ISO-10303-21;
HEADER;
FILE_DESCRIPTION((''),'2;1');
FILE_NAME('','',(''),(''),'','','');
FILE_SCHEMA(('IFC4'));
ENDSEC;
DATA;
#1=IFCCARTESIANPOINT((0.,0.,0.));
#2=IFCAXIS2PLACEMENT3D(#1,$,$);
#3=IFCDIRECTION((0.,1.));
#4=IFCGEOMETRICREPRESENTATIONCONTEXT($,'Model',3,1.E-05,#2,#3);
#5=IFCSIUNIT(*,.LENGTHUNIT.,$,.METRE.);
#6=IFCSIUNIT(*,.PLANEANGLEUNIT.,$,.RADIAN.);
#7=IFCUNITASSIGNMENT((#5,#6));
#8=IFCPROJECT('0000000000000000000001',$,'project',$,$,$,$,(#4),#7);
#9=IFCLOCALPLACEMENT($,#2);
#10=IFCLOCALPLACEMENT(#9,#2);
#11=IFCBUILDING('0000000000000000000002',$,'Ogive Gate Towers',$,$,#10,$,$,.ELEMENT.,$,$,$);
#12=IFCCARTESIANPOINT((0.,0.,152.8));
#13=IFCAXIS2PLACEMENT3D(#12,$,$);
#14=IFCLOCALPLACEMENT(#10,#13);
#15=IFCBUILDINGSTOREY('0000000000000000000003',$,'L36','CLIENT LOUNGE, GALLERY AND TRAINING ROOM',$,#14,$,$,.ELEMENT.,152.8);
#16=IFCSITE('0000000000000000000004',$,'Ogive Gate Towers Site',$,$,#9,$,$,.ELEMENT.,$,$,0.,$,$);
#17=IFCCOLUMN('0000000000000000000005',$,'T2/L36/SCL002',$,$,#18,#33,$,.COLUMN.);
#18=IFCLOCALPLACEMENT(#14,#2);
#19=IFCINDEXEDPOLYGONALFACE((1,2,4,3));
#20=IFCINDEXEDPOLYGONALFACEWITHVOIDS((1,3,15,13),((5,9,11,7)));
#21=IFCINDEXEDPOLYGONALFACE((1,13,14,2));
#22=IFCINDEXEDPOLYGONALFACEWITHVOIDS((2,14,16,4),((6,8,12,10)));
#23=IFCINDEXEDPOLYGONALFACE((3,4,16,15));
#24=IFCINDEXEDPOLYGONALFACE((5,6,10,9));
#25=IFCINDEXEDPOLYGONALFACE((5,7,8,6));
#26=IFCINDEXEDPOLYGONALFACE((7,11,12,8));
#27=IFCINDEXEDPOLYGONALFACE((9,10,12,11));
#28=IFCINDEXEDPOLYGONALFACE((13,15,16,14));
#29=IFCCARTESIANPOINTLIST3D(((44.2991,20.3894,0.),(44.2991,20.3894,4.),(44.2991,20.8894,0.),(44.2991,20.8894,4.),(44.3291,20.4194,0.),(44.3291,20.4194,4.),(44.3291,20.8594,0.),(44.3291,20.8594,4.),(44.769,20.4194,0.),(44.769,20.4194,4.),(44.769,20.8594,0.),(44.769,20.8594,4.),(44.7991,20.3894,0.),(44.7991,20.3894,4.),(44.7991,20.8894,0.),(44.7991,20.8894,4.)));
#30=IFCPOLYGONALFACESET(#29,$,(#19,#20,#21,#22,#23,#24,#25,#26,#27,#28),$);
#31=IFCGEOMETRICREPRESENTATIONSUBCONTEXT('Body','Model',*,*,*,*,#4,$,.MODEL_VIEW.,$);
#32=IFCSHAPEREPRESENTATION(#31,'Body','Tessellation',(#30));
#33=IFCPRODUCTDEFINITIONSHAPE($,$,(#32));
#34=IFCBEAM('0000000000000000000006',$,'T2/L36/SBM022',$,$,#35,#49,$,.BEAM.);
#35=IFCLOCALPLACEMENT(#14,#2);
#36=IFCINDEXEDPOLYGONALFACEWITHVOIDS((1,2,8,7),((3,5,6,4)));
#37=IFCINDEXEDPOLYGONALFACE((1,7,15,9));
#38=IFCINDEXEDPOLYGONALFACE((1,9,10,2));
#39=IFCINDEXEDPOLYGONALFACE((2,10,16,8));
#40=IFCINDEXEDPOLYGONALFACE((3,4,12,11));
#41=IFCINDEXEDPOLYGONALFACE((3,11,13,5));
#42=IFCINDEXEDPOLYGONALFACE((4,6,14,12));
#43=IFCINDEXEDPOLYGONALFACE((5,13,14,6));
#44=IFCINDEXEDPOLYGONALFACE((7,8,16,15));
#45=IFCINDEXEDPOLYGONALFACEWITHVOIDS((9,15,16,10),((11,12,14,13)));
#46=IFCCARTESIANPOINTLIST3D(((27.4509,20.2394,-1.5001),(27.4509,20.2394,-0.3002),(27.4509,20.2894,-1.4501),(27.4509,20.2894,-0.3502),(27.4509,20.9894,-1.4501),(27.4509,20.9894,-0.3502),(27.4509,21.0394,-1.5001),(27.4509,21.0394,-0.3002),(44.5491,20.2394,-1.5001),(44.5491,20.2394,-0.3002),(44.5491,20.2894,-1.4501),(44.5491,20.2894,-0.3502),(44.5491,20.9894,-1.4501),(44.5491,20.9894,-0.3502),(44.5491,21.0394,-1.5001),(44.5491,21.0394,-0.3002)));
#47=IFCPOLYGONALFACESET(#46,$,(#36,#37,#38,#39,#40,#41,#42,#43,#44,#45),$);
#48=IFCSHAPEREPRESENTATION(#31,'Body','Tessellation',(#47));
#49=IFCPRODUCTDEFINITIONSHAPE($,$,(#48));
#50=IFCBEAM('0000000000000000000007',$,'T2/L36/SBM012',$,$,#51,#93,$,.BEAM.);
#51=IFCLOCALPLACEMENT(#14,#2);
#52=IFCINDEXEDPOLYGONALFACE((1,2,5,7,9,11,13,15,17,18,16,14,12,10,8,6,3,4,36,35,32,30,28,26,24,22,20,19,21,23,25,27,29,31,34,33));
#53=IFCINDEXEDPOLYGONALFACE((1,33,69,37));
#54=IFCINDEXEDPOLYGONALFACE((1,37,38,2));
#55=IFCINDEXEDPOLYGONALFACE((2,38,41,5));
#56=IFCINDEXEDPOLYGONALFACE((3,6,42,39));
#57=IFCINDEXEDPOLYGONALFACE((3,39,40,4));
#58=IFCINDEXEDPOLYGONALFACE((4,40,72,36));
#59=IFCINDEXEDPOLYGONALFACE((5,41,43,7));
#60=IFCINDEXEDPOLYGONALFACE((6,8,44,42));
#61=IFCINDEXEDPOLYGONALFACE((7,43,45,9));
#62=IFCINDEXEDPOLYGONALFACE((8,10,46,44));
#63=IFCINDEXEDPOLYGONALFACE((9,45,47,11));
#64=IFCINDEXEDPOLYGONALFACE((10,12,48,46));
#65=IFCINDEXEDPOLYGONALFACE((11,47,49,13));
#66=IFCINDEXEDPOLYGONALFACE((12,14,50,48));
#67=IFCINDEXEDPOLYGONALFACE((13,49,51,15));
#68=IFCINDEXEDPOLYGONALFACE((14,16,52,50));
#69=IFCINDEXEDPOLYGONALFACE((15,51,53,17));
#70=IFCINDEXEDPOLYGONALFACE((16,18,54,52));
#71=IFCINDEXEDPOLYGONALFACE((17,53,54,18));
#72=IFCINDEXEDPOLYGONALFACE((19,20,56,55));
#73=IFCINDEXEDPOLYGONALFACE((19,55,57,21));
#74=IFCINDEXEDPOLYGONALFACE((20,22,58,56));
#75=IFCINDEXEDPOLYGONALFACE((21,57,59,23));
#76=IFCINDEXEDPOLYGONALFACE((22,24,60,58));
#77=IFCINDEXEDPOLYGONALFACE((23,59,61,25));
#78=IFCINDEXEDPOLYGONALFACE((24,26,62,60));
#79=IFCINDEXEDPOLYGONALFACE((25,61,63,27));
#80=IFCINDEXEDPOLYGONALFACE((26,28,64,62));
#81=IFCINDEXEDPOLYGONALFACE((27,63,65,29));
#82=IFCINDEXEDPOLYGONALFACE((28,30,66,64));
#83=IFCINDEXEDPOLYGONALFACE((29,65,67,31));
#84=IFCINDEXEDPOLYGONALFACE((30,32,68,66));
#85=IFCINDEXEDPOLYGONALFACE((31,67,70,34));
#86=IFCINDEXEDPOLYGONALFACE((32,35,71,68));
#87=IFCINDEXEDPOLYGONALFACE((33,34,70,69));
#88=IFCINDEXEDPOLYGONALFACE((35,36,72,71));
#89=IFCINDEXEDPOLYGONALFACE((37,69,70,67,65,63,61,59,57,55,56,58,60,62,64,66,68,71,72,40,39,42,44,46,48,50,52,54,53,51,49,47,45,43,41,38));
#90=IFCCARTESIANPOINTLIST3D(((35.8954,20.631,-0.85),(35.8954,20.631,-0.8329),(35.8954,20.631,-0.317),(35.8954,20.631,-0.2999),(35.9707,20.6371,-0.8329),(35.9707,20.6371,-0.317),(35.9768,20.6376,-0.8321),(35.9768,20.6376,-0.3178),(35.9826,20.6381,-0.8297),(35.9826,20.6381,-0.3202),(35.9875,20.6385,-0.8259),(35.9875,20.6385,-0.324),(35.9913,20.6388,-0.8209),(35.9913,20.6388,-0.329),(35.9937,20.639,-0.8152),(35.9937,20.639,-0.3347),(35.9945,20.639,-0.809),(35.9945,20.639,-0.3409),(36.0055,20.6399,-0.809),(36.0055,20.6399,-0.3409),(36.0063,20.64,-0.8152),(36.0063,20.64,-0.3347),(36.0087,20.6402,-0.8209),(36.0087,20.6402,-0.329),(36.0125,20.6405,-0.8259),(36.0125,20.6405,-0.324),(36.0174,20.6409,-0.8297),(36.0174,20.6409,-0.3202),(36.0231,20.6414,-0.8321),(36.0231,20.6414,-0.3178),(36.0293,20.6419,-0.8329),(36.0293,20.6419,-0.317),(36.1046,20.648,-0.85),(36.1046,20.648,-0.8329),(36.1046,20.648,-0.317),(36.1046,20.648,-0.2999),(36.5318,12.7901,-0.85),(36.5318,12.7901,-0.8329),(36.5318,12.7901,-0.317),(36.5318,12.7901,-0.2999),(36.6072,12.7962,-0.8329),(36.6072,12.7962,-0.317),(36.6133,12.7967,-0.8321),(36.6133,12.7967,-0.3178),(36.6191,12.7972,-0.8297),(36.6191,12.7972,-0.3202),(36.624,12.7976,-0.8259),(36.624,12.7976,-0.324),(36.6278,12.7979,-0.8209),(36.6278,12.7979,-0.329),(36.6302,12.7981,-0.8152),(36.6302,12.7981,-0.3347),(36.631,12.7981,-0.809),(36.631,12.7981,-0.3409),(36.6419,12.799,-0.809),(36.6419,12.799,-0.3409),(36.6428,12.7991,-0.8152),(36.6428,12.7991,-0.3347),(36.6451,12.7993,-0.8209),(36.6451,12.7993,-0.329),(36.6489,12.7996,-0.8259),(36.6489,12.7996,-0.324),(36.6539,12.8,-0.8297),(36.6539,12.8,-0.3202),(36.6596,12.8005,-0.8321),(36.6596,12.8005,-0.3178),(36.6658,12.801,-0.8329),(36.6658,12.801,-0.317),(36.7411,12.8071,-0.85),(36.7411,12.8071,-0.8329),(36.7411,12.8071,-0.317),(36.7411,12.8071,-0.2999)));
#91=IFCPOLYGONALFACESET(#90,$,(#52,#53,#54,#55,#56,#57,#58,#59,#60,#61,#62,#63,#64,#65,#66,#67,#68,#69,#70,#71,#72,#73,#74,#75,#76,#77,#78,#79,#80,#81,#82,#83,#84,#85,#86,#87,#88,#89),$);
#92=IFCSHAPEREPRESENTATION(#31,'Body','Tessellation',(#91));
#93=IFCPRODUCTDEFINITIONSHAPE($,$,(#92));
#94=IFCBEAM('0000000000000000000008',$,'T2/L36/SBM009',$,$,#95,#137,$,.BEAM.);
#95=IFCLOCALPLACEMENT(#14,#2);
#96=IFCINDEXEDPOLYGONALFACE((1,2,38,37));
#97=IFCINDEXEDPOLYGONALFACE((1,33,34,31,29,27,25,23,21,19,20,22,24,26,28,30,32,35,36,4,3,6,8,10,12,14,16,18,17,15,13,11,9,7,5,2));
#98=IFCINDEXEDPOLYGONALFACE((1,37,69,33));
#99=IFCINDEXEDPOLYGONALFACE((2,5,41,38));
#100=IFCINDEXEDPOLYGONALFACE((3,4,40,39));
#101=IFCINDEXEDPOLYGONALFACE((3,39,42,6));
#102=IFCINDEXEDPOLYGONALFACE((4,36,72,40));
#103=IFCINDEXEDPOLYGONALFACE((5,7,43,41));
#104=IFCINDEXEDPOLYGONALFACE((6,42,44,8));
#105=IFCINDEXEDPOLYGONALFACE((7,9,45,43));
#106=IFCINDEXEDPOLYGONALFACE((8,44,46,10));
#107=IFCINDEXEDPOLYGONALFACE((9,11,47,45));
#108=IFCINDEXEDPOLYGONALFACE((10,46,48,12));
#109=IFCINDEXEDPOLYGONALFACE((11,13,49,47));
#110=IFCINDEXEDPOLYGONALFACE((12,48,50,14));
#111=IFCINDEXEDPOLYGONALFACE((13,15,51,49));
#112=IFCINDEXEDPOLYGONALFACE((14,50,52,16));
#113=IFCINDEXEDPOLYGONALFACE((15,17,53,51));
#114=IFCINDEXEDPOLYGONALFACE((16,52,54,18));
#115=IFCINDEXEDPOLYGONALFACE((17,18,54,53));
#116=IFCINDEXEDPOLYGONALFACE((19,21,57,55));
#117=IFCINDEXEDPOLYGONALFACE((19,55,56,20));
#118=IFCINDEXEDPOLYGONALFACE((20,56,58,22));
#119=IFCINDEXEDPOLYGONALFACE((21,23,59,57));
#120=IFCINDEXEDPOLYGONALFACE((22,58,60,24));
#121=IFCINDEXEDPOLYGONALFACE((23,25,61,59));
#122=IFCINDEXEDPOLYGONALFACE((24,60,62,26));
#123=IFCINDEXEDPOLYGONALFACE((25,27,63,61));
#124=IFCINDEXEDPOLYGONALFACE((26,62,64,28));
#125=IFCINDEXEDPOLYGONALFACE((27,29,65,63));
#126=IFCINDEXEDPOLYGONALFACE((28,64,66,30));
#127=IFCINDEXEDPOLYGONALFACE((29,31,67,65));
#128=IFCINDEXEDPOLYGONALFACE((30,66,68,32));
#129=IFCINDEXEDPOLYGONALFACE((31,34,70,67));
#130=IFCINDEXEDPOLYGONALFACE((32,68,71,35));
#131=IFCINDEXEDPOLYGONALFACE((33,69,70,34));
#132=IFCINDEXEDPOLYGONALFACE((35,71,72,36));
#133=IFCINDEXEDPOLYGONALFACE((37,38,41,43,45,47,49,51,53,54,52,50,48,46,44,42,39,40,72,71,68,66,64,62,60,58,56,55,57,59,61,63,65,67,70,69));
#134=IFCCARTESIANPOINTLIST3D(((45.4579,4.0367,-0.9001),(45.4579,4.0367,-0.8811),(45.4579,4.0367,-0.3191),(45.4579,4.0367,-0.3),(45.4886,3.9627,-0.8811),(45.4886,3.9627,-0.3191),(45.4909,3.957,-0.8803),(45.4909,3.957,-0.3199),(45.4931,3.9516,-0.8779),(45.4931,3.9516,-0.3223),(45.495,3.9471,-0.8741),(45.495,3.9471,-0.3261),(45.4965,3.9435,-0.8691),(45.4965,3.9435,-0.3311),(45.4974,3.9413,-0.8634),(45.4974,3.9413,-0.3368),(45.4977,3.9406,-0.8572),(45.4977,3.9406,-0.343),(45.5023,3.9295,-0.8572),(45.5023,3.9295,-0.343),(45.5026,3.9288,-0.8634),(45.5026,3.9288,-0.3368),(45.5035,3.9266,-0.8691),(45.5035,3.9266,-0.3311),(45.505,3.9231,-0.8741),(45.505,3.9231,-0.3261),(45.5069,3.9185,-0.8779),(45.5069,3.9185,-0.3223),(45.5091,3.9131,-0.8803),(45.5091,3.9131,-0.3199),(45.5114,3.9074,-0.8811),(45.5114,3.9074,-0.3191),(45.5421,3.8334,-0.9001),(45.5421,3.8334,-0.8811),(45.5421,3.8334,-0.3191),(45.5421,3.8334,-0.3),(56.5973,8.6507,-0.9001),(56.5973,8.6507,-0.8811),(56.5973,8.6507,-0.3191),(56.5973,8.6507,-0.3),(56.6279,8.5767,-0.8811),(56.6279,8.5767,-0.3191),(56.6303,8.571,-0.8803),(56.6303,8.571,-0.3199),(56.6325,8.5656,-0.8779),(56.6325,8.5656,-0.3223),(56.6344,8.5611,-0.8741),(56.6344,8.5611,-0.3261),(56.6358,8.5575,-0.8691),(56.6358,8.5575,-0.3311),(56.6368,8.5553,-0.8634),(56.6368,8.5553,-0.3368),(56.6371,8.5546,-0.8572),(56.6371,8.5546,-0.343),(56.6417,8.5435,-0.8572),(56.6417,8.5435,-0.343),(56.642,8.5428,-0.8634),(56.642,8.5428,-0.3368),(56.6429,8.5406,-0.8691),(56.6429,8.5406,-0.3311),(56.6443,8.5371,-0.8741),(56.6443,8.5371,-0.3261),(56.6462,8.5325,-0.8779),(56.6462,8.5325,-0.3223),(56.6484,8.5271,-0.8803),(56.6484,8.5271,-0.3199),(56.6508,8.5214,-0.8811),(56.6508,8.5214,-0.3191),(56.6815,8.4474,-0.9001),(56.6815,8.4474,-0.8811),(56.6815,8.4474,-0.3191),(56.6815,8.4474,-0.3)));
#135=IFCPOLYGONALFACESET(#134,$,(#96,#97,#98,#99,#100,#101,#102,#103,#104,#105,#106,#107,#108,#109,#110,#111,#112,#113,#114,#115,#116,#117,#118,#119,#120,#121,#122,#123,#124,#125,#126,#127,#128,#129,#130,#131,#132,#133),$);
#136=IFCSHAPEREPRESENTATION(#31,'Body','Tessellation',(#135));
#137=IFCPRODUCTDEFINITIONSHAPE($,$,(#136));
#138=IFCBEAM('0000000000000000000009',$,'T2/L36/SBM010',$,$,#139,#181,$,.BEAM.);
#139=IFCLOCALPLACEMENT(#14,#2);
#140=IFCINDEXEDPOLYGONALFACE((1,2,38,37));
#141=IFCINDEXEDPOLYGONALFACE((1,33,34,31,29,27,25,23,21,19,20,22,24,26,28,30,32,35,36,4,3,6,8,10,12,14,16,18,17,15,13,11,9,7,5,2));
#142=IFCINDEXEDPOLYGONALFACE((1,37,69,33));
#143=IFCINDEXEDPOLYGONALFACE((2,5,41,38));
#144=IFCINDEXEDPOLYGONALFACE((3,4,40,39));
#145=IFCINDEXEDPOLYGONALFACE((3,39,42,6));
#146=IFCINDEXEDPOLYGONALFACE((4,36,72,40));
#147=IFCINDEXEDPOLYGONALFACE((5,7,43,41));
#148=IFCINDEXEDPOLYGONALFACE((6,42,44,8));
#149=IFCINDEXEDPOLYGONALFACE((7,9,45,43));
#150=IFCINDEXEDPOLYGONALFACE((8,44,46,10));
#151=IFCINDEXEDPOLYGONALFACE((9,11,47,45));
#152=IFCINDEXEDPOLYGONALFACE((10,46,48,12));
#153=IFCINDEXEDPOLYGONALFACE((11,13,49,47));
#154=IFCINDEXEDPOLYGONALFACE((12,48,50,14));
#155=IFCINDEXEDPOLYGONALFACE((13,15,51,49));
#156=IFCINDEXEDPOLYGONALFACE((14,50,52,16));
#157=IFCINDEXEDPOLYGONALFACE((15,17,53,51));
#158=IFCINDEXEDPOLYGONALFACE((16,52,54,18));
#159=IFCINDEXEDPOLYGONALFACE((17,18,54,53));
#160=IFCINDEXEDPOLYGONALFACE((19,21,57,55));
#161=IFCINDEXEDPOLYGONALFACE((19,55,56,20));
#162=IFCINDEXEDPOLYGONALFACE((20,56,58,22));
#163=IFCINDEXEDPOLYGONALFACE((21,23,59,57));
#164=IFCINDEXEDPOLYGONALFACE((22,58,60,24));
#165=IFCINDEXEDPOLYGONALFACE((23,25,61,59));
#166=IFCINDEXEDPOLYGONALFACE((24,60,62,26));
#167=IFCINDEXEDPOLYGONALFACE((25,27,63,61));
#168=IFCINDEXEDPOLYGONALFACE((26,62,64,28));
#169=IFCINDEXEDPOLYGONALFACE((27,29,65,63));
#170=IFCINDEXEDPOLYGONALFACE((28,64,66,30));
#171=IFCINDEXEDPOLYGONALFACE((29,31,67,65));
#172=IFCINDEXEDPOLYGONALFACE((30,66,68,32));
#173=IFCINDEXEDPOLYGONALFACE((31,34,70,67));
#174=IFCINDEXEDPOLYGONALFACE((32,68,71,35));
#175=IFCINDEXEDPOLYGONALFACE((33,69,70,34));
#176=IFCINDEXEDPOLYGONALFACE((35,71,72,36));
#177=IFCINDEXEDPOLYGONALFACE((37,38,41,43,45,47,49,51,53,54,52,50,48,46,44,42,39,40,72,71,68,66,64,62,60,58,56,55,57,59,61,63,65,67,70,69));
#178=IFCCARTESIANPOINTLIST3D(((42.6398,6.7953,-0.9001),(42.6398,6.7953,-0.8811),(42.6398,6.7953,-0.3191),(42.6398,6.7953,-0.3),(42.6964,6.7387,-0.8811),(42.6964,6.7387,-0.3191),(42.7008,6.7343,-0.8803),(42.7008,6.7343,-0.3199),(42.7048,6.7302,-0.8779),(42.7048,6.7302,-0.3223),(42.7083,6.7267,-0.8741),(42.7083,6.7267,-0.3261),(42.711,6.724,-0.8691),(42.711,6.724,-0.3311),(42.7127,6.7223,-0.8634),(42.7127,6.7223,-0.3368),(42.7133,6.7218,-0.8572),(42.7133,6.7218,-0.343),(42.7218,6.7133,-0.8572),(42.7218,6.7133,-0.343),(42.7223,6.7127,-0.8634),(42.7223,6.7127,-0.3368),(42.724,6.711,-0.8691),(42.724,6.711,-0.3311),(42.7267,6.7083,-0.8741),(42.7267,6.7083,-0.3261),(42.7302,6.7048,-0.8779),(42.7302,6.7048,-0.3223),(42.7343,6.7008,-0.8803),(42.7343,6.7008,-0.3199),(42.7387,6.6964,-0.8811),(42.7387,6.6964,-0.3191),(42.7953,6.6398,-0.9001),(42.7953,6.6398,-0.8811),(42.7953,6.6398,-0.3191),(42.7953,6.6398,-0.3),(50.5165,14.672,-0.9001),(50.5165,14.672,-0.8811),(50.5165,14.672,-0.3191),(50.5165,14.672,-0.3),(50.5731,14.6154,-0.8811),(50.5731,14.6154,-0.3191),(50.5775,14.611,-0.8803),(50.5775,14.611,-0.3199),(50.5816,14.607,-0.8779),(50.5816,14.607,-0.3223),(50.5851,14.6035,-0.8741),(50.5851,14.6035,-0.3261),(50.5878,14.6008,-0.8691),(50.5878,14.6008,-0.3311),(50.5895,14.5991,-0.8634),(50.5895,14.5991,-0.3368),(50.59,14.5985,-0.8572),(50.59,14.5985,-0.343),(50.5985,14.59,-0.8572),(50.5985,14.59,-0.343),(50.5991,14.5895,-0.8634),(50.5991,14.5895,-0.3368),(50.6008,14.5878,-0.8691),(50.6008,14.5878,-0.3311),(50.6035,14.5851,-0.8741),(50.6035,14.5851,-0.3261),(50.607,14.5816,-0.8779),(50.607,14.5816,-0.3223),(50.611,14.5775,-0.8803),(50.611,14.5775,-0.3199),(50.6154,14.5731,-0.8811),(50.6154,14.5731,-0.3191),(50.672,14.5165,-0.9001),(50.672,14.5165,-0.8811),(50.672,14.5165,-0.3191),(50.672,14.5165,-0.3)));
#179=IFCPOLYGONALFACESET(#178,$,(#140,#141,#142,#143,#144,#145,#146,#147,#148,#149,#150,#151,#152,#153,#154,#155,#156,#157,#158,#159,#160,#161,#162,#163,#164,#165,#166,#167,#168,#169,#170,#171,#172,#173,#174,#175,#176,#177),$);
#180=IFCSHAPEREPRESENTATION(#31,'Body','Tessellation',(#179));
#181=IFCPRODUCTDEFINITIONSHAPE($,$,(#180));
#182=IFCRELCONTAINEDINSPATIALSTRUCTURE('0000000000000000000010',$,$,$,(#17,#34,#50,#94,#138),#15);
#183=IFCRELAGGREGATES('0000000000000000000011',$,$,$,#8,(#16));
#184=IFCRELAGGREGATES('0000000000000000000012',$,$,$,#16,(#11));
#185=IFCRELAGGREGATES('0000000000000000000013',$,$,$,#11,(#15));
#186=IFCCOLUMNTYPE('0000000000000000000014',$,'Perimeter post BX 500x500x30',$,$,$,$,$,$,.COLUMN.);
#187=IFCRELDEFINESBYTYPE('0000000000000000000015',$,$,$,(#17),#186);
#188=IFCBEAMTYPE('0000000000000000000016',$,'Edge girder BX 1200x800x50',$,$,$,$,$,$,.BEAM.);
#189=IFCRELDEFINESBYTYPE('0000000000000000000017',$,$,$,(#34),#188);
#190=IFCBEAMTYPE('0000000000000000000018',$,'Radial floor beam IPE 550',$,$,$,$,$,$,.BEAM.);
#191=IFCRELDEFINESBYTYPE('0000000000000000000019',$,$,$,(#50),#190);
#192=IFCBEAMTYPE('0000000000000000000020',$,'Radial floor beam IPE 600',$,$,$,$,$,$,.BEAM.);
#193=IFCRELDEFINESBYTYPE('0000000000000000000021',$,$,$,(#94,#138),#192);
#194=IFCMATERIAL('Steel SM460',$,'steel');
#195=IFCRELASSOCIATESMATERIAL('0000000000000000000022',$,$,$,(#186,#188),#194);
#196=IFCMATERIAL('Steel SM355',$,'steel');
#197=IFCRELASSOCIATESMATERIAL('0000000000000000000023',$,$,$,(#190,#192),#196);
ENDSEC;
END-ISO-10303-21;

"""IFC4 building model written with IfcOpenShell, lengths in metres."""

from ifc_helpers import new_model, si_unit, direction, frame, origin, origin_2d, place, context, subcontext, project, spatial, hollow_rectangle, i_section, extrude, material, material_profile, profile_set, type_object, element, save


model = new_model("IFC4")

# Units and contexts
model_context = context("Model", 3, precision=1e-05, world=origin(), true_north=direction((0.0, 1.0)))
body_context = subcontext(model_context, "Body", "Model", "MODEL_VIEW")
ifc_project = project(units=[si_unit("LENGTHUNIT", "METRE"), si_unit("PLANEANGLEUNIT", "RADIAN")], contexts=[model_context])

# Site, building, storey
site_placement = place(None, origin())
site = spatial("IfcSite", under=ifc_project, at=site_placement, Name="Ogive Gate Towers Site", CompositionType="ELEMENT", RefElevation=0.0)
building_placement = place(site_placement, origin())
building = spatial("IfcBuilding", under=site, at=building_placement, Name="Ogive Gate Towers", CompositionType="ELEMENT")
storey_placement = place(building_placement, frame((0.0, 0.0, 152.8)))
storey = spatial("IfcBuildingStorey", under=building, at=storey_placement, Name="L36", Description="CLIENT LOUNGE, GALLERY AND TRAINING ROOM", CompositionType="ELEMENT", Elevation=152.8)

# Column
ifc_material_1 = material(Name="Steel SM460", Category="steel")
ifc_material_profile_1 = material_profile(ifc_material_1, hollow_rectangle(XDim=0.5, YDim=0.5, WallThickness=0.03, at=origin_2d()), Name="BX 500x500x30")
ifc_profile_set_1 = profile_set([ifc_material_profile_1], Name="Steel SM460")
column_type = type_object("IfcColumnType", Name="Perimeter post BX 500x500x30", PredefinedType="COLUMN", material=ifc_profile_set_1)
column_placement = place(storey_placement, frame((44.5491, 20.6394, 0.0), z_axis=(0.0, 0.0, 1.0), x_axis=(1.0, 0.0, 0.0)))
element("IfcColumn", 1, at=column_placement, inside=storey, type_object=column_type, Name="T2/L36/SCL002", PredefinedType="COLUMN", context=body_context, shape_type="SweptSolid", body=[
    extrude(hollow_rectangle(XDim=0.5, YDim=0.5, WallThickness=0.03, at=origin_2d()), origin(), (0.0, 0.0, 1.0), 4.0),
])

# Beams
ifc_material_profile_2 = material_profile(ifc_material_1, hollow_rectangle(XDim=0.8, YDim=1.2, WallThickness=0.05, at=origin_2d()), Name="BX 1200x800x50")
ifc_profile_set_2 = profile_set([ifc_material_profile_2], Name="Steel SM460")
beam_type_1 = type_object("IfcBeamType", Name="Edge girder BX 1200x800x50", PredefinedType="BEAM", material=ifc_profile_set_2)
beam_1_placement = place(storey_placement, frame((44.5491, 20.6394, -0.9001), z_axis=(-1.0, 0.0, 0.0), x_axis=(0.0, -1.0, 0.0)))
element("IfcBeam", 2, at=beam_1_placement, inside=storey, type_object=beam_type_1, Name="T2/L36/SBM022", PredefinedType="BEAM", context=body_context, shape_type="SweptSolid", body=[
    extrude(hollow_rectangle(XDim=0.8, YDim=1.2, WallThickness=0.05, at=origin_2d()), origin(), (0.0, 0.0, 1.0), 17.0981),
])
ifc_material_2 = material(Name="Steel SM355", Category="steel")
ifc_material_profile_3 = material_profile(ifc_material_2, i_section(OverallWidth=0.21, OverallDepth=0.55, WebThickness=0.011, FlangeThickness=0.0171, FilletRadius=0.0239, at=origin_2d()), Name="IPE 550")
ifc_profile_set_3 = profile_set([ifc_material_profile_3], Name="Steel SM355")
beam_type_2 = type_object("IfcBeamType", Name="Radial floor beam IPE 550", PredefinedType="BEAM", material=ifc_profile_set_3)
beam_2_placement = place(storey_placement, frame((36.6365, 12.7986, -0.575), z_axis=(-0.080908, 0.996722, 0.0), x_axis=(-0.996722, -0.080908, 0.0)))
element("IfcBeam", 3, at=beam_2_placement, inside=storey, type_object=beam_type_2, Name="T2/L36/SBM012", PredefinedType="BEAM", context=body_context, shape_type="SweptSolid", body=[
    extrude(i_section(OverallWidth=0.21, OverallDepth=0.55, WebThickness=0.011, FlangeThickness=0.0171, FilletRadius=0.0239, at=origin_2d()), origin(), (0.0, 0.0, 1.0), 7.8667),
])
ifc_material_profile_4 = material_profile(ifc_material_2, i_section(OverallWidth=0.22, OverallDepth=0.6001, WebThickness=0.012, FlangeThickness=0.019, FilletRadius=0.0239, at=origin_2d()), Name="IPE 600")
ifc_profile_set_4 = profile_set([ifc_material_profile_4], Name="Steel SM355")
beam_type_3 = type_object("IfcBeamType", Name="Radial floor beam IPE 600", PredefinedType="BEAM", material=ifc_profile_set_4)
beam_3_placement = place(storey_placement, frame((45.5, 3.9351, -0.6001), z_axis=(0.923882, 0.382678, 0.0), x_axis=(-0.382678, 0.923882, 0.0)))
element("IfcBeam", 4, at=beam_3_placement, inside=storey, type_object=beam_type_3, Name="T2/L36/SBM009", PredefinedType="BEAM", context=body_context, shape_type="SweptSolid", body=[
    extrude(i_section(OverallWidth=0.22, OverallDepth=0.6001, WebThickness=0.012, FlangeThickness=0.019, FilletRadius=0.0239, at=origin_2d()), origin(), (0.0, 0.0, 1.0), 12.0571),
])
beam_4_placement = place(storey_placement, frame((42.7175, 6.7175, -0.6001), z_axis=(0.707107, 0.707107, 0.0), x_axis=(-0.707107, 0.707107, 0.0)))
element("IfcBeam", 5, at=beam_4_placement, inside=storey, type_object=beam_type_3, Name="T2/L36/SBM010", PredefinedType="BEAM", context=body_context, shape_type="SweptSolid", body=[
    extrude(i_section(OverallWidth=0.22, OverallDepth=0.6001, WebThickness=0.012, FlangeThickness=0.019, FilletRadius=0.0239, at=origin_2d()), origin(), (0.0, 0.0, 1.0), 11.1394),
])

save(model, "model.ifc")
